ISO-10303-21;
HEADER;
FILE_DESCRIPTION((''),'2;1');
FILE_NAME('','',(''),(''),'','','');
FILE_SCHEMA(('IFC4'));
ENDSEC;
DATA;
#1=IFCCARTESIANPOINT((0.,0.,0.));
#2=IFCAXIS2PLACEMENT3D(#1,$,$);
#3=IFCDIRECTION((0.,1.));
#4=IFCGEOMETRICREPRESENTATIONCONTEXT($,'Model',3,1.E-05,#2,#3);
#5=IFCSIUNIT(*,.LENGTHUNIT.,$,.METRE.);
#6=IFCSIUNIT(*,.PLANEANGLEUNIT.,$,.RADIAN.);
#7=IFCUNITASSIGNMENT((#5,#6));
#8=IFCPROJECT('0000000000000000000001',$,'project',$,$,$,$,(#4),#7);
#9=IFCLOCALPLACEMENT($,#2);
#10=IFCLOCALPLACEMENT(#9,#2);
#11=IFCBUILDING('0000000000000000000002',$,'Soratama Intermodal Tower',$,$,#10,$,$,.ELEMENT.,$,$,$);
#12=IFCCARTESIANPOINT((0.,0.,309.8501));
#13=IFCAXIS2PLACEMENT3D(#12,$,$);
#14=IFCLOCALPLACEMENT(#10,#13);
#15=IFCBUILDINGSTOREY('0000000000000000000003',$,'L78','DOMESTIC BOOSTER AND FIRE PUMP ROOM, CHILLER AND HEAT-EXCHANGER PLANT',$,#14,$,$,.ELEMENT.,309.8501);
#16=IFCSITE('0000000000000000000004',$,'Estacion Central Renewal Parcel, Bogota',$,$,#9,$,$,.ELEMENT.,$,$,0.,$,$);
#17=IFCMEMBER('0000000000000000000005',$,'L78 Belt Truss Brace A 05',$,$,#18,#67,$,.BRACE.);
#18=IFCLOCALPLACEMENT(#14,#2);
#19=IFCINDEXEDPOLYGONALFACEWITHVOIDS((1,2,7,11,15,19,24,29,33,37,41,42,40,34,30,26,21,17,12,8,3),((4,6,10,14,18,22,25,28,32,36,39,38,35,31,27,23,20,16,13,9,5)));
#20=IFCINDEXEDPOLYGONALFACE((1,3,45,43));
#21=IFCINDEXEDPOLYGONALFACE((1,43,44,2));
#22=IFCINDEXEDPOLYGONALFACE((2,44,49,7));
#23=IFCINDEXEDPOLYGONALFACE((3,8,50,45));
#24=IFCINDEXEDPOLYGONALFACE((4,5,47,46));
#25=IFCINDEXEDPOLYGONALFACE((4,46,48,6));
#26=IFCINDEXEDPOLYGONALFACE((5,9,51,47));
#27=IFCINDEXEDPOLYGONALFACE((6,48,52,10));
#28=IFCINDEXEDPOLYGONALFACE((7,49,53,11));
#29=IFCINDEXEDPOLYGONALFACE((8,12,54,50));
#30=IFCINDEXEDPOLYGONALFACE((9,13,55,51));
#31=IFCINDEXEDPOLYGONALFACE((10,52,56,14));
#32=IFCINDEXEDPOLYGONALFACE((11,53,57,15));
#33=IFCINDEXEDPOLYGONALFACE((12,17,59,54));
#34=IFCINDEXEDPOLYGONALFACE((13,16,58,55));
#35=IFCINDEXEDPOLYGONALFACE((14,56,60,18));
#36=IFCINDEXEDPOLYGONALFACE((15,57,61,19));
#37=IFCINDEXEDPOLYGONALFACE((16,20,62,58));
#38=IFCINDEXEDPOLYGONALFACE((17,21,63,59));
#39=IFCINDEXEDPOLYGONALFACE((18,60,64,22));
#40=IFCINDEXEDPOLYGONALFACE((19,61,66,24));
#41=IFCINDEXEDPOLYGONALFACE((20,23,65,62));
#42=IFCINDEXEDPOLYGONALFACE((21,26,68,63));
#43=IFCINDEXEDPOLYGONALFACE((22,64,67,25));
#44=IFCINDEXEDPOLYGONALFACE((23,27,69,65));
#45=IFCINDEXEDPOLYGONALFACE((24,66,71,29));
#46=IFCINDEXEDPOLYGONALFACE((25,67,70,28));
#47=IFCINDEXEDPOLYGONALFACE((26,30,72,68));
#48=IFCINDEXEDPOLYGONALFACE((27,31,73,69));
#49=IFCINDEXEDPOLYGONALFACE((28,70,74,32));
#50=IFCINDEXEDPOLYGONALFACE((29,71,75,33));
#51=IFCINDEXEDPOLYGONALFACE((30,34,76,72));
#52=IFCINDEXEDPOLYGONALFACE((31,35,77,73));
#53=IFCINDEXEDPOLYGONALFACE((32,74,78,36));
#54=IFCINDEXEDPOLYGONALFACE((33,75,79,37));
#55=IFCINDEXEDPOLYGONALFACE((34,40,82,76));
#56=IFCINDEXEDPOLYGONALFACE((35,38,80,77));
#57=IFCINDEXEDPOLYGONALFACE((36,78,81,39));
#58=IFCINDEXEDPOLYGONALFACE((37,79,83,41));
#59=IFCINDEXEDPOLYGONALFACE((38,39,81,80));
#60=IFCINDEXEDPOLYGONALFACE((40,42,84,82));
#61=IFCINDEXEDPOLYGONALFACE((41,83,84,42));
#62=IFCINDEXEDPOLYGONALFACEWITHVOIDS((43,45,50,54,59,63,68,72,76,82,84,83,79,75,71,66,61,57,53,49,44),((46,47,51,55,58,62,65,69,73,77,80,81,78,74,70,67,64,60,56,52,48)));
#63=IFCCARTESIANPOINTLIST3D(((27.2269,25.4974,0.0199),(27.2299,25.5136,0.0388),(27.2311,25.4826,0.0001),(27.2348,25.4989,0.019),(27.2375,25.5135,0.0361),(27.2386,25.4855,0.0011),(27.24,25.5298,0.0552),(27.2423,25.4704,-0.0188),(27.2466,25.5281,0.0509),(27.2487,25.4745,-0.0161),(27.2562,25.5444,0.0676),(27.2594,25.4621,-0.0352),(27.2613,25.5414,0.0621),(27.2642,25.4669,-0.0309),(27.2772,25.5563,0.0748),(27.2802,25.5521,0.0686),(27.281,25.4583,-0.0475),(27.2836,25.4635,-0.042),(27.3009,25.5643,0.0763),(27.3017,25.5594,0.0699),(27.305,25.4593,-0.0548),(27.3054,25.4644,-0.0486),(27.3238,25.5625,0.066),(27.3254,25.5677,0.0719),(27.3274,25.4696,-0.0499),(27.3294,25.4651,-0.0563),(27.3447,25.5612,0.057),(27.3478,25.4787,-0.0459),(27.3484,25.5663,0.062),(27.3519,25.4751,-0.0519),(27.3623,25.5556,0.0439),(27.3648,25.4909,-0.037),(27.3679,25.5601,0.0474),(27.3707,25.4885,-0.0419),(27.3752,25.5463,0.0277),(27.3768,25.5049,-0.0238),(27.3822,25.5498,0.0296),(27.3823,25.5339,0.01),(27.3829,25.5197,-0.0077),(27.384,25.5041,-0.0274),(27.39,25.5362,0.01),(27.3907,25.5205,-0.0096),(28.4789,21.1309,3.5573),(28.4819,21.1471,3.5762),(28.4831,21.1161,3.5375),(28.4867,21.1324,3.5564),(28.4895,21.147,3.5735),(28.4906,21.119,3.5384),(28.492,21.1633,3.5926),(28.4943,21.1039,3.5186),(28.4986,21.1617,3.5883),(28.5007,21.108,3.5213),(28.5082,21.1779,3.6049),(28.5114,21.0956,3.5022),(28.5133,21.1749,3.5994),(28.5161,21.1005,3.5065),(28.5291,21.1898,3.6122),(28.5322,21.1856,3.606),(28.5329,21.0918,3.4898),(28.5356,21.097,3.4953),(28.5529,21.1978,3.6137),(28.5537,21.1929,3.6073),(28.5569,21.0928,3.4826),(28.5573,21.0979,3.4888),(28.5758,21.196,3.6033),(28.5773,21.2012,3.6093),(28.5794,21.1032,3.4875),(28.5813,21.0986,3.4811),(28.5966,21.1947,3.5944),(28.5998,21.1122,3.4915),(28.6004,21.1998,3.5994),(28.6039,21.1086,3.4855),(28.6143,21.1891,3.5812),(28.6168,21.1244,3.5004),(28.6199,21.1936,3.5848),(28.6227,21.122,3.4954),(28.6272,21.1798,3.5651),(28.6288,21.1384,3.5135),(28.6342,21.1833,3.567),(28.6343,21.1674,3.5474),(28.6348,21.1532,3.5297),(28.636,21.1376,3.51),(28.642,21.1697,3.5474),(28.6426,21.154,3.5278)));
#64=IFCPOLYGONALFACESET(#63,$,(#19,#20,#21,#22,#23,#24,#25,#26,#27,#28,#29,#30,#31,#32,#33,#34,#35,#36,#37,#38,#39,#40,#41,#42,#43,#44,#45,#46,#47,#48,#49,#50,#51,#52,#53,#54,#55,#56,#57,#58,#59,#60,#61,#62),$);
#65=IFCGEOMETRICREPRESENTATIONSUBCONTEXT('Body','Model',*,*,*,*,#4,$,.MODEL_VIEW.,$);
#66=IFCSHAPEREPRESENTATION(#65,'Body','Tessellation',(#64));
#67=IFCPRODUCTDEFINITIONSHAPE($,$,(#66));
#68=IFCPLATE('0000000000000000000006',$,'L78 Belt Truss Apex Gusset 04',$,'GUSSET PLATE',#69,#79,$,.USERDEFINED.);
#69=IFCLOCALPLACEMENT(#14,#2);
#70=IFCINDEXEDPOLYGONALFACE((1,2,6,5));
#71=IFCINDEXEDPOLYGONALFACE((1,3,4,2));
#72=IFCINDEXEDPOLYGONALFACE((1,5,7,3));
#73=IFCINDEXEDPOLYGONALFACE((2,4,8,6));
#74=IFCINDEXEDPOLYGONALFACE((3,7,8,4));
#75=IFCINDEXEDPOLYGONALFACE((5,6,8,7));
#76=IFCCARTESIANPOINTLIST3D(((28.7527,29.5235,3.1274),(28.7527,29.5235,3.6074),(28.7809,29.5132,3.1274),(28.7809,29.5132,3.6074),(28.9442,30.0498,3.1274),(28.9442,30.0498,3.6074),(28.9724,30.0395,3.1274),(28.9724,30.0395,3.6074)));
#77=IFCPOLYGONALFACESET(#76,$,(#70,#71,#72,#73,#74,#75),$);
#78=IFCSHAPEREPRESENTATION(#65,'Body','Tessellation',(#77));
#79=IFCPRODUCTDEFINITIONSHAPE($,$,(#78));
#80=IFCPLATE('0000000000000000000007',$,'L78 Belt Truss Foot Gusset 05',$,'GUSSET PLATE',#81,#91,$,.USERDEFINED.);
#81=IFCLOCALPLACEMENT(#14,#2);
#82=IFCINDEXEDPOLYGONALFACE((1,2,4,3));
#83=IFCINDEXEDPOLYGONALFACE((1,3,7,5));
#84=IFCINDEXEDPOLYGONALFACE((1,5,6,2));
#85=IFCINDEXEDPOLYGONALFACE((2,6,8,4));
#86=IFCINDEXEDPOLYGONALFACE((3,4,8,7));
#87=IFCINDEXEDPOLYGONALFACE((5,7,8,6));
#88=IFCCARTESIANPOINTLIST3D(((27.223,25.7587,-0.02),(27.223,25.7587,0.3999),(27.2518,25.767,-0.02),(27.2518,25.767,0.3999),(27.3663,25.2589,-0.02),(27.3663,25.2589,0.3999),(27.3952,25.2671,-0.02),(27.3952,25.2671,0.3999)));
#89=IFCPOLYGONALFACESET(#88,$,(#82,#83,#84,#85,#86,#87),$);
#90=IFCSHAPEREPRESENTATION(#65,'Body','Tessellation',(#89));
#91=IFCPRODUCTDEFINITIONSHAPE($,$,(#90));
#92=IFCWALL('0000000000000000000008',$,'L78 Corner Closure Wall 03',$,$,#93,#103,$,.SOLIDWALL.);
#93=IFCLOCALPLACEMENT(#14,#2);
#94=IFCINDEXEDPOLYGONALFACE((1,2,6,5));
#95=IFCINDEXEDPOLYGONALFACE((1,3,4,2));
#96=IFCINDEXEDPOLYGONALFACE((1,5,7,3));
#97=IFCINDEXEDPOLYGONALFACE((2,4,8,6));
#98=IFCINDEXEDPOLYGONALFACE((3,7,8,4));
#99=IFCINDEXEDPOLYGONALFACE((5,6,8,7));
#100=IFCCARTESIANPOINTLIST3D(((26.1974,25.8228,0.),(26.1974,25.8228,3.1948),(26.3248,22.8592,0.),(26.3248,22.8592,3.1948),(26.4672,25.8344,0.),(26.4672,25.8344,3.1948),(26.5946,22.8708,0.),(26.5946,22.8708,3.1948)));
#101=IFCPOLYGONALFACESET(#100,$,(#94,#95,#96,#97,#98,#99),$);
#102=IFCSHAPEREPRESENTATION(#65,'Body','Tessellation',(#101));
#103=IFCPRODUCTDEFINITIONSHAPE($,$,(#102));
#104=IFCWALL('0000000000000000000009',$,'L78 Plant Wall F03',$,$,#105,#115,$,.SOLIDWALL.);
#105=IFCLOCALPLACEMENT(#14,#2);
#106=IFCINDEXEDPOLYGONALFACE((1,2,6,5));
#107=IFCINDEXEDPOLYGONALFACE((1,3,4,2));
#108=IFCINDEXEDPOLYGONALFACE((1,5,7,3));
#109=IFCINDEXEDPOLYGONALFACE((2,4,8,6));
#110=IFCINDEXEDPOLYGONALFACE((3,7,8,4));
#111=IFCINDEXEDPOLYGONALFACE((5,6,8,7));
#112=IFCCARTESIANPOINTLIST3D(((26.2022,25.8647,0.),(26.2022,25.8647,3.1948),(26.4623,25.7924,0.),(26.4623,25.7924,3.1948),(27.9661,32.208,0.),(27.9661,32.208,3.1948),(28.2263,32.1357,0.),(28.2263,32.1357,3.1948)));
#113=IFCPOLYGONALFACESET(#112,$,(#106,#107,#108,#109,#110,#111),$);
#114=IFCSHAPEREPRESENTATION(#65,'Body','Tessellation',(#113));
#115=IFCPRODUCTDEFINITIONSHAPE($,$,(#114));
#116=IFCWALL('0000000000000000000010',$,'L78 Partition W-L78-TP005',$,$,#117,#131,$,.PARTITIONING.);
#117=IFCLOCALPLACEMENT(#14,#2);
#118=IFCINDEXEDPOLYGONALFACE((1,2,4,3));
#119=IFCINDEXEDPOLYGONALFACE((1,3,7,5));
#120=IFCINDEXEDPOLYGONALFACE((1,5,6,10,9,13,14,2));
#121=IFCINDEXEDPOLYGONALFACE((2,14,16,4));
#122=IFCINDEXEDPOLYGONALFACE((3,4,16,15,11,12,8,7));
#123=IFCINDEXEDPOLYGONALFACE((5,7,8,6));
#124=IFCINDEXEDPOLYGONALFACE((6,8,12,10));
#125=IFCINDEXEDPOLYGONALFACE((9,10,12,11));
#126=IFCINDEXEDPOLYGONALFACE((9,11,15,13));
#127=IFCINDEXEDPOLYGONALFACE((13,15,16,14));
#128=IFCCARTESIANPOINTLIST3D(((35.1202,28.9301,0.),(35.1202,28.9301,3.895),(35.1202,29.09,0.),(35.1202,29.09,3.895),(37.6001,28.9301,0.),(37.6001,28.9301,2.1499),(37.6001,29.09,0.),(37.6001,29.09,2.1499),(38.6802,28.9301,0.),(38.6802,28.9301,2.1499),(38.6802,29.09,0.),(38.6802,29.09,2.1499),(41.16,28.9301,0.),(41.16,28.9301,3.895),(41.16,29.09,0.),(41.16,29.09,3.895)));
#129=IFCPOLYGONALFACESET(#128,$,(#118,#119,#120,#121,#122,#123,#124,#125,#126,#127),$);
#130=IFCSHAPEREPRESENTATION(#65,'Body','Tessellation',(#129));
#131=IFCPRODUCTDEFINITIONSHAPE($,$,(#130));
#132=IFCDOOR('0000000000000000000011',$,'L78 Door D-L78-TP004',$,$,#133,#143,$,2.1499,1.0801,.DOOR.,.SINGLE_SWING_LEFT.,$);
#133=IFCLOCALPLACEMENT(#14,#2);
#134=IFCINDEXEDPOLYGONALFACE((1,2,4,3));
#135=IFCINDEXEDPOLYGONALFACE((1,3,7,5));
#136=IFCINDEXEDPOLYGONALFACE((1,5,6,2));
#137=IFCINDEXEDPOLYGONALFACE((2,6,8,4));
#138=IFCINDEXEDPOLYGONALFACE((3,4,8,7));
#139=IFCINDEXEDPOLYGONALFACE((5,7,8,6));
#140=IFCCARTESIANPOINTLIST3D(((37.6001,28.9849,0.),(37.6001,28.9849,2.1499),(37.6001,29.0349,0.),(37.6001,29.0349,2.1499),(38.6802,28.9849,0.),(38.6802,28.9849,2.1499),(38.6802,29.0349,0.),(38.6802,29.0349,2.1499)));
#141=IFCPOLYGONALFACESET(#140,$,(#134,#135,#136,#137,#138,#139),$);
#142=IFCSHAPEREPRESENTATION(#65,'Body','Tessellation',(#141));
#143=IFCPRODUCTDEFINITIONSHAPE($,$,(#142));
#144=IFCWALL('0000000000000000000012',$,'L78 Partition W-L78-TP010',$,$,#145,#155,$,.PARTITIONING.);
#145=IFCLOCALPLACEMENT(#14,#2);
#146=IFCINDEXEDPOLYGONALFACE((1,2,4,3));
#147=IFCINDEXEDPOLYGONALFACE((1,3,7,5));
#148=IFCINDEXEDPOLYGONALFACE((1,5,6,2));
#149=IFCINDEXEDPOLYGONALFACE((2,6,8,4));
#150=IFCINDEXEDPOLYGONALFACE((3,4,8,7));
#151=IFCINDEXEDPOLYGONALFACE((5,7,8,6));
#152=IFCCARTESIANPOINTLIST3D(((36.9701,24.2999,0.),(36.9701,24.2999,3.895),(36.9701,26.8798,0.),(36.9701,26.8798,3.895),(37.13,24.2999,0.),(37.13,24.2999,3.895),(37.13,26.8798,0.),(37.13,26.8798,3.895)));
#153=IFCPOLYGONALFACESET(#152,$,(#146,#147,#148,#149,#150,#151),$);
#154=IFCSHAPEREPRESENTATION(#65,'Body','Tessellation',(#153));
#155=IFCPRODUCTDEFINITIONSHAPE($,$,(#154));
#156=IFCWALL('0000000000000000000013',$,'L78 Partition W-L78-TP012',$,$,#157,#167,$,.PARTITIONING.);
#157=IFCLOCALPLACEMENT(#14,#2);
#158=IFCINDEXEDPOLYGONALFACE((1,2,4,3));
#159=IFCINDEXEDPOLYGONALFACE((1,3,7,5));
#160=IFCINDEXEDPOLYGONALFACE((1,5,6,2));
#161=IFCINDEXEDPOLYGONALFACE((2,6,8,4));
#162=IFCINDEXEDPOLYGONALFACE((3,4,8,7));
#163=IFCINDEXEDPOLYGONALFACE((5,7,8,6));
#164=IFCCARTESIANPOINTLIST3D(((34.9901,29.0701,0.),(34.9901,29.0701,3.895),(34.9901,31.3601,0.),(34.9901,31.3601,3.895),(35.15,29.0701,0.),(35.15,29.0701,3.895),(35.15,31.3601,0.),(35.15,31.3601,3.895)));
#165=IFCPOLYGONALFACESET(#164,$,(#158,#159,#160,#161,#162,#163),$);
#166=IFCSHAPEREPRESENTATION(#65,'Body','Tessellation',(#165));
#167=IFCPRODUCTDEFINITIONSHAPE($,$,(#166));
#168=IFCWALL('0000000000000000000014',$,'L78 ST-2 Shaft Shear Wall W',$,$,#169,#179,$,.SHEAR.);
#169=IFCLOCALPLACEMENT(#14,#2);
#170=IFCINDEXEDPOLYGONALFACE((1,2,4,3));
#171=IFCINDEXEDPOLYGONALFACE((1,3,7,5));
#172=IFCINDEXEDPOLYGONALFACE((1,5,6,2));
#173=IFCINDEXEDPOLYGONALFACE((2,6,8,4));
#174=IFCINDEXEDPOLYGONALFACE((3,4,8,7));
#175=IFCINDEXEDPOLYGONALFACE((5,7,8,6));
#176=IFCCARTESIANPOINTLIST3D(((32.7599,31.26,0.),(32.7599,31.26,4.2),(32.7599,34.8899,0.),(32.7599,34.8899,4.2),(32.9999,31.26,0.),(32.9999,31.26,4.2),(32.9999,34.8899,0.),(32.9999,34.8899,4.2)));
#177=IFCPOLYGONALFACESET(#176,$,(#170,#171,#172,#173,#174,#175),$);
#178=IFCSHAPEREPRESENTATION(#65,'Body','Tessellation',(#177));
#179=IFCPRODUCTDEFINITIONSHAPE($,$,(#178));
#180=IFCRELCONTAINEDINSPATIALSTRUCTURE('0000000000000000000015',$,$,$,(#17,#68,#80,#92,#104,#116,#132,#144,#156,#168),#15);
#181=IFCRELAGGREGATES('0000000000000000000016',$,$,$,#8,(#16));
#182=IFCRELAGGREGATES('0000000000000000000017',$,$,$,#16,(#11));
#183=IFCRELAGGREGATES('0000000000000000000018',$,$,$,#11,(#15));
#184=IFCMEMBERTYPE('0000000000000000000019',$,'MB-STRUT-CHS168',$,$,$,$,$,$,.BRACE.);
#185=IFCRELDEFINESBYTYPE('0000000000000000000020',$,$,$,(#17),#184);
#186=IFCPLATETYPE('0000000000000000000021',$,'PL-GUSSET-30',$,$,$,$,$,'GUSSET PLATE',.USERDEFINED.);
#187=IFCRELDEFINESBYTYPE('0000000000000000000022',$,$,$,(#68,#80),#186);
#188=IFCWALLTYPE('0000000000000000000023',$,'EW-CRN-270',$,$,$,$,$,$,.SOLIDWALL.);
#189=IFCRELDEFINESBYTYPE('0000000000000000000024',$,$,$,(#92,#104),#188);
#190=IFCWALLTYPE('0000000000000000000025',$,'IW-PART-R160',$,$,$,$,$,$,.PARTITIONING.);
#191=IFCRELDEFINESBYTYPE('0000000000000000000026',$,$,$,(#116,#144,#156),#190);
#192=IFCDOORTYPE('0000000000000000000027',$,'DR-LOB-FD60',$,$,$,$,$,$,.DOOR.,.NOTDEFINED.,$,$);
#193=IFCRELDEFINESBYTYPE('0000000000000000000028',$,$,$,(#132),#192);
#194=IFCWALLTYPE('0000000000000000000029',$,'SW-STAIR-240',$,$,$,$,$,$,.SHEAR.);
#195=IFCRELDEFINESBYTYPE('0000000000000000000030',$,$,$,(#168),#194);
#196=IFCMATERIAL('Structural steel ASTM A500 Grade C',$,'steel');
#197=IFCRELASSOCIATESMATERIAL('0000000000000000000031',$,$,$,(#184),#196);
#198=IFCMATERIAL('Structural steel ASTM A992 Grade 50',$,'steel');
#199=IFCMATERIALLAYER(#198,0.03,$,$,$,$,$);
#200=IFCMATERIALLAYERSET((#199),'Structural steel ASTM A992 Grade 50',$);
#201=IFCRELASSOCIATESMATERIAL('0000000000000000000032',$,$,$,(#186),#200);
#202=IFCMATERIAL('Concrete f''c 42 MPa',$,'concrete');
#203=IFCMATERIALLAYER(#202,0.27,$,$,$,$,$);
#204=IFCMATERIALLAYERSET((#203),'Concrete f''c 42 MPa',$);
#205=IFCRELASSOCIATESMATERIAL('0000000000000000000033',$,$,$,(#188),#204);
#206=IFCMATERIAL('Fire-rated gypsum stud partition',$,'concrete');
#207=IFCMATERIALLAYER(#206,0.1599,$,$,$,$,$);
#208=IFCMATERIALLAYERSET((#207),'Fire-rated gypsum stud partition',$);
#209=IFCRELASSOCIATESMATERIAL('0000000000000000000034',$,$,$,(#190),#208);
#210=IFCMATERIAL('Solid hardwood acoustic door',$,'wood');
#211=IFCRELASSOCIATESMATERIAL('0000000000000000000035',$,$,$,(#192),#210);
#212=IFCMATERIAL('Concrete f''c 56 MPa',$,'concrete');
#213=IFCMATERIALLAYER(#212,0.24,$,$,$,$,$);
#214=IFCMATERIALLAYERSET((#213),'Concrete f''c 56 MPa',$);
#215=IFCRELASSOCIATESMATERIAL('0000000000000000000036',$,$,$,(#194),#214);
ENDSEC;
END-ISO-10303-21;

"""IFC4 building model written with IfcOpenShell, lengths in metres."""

from ifc_helpers import new_model, si_unit, direction, frame, frame_2d, origin, origin_2d, place, context, subcontext, project, spatial, rectangle, hollow_circle, extrude, material, layer, layer_set, material_profile, profile_set, type_object, element, fill, save


model = new_model("IFC4")

# Units and contexts
model_context = context("Model", 3, precision=1e-05, world=origin(), true_north=direction((0.0, 1.0)))
body_context = subcontext(model_context, "Body", "Model", "MODEL_VIEW")
ifc_project = project(units=[si_unit("LENGTHUNIT", "METRE"), si_unit("PLANEANGLEUNIT", "RADIAN")], contexts=[model_context])

# Site, building, storey
site_placement = place(None, origin())
site = spatial("IfcSite", under=ifc_project, at=site_placement, Name="Estacion Central Renewal Parcel, Bogota", CompositionType="ELEMENT", RefElevation=0.0)
building_placement = place(site_placement, origin())
building = spatial("IfcBuilding", under=site, at=building_placement, Name="Soratama Intermodal Tower", CompositionType="ELEMENT")
storey_placement = place(building_placement, frame((0.0, 0.0, 309.8501)))
storey = spatial("IfcBuildingStorey", under=building, at=storey_placement, Name="L78", Description="DOMESTIC BOOSTER AND FIRE PUMP ROOM, CHILLER AND HEAT-EXCHANGER PLANT", CompositionType="ELEMENT", Elevation=309.8501)

# Member
ifc_material_1 = material(Name="Structural steel ASTM A500 Grade C", Category="steel")
ifc_material_profile_1 = material_profile(ifc_material_1, hollow_circle(Radius=0.0842, WallThickness=0.0081, at=origin_2d()), Name="CHS168X8")
ifc_profile_set_1 = profile_set([ifc_material_profile_1], Name="Structural steel ASTM A500 Grade C")
member_type = type_object("IfcMemberType", Name="MB-STRUT-CHS168", PredefinedType="BRACE", material=ifc_profile_set_1)
for number, where, z_axis, x_axis, name in (
    (1, (27.3091, 25.5129, 0.01), (0.217456, -0.758424, 0.614415), (0.961268, 0.275615, 0.0), "L78 Belt Truss Brace A 05"),
):
    element("IfcMember", number, at=place(storey_placement, frame(where, z_axis=z_axis, x_axis=x_axis)), inside=storey, type_object=member_type, Name=name, PredefinedType="BRACE", context=body_context, shape_type="SweptSolid", body=[
        extrude(hollow_circle(Radius=0.0842, WallThickness=0.0081, at=origin_2d()), origin(), (0.0, 0.0, 1.0), 5.7573),
    ])

# Plates
ifc_material_2 = material(Name="Structural steel ASTM A992 Grade 50", Category="steel")
ifc_layer_1 = layer(ifc_material_2, 0.03)
ifc_layer_set_1 = layer_set([ifc_layer_1], Name="Structural steel ASTM A992 Grade 50")
plate_type = type_object("IfcPlateType", Name="PL-GUSSET-30", ElementType="GUSSET PLATE", PredefinedType="USERDEFINED", material=ifc_layer_set_1)
plate_1_placement = place(storey_placement, frame((28.8625, 29.7815, 3.1274), z_axis=(0.0, 0.0, 1.0), x_axis=(-0.34202, -0.939693, 0.0)))
element("IfcPlate", 2, at=plate_1_placement, inside=storey, type_object=plate_type, Name="L78 Belt Truss Apex Gusset 04", ObjectType="GUSSET PLATE", PredefinedType="USERDEFINED", context=body_context, shape_type="SweptSolid", body=[
    extrude(rectangle(XDim=0.5601, YDim=0.03, at=origin_2d()), origin(), (0.0, 0.0, 1.0), 0.48),
])
plate_2_placement = place(storey_placement, frame((27.3091, 25.5129, -0.02), z_axis=(0.0, 0.0, 1.0), x_axis=(0.275637, -0.961262, 0.0)))
element("IfcPlate", 3, at=plate_2_placement, inside=storey, type_object=plate_type, Name="L78 Belt Truss Foot Gusset 05", ObjectType="GUSSET PLATE", PredefinedType="USERDEFINED", context=body_context, shape_type="SweptSolid", body=[
    extrude(rectangle(XDim=0.52, YDim=0.03, at=origin_2d()), origin(), (0.0, 0.0, 1.0), 0.4199),
])

# Walls
ifc_material_3 = material(Name="Concrete f'c 42 MPa", Category="concrete")
ifc_layer_2 = layer(ifc_material_3, 0.27)
ifc_layer_set_2 = layer_set([ifc_layer_2], Name="Concrete f'c 42 MPa")
wall_type_1 = type_object("IfcWallType", Name="EW-CRN-270", PredefinedType="SOLIDWALL", material=ifc_layer_set_2)
wall_1_placement = place(storey_placement, frame((26.3323, 25.8286, 0.0), z_axis=(0.0, 0.0, 1.0), x_axis=(0.042962, -0.999077, 0.0)))
element("IfcWall", 4, at=wall_1_placement, inside=storey, type_object=wall_type_1, Name="L78 Corner Closure Wall 03", PredefinedType="SOLIDWALL", context=body_context, shape_type="SweptSolid", body=[
    extrude(rectangle(XDim=2.9663, YDim=0.27, at=frame_2d((1.4832, 0.0))), origin(), (0.0, 0.0, 1.0), 3.1948),
])
wall_2_placement = place(storey_placement, frame((28.0962, 32.1719, 0.0), z_axis=(0.0, 0.0, 1.0), x_axis=(-0.267912, -0.963443, 0.0)))
element("IfcWall", 5, at=wall_2_placement, inside=storey, type_object=wall_type_1, Name="L78 Plant Wall F03", PredefinedType="SOLIDWALL", context=body_context, shape_type="SweptSolid", body=[
    extrude(rectangle(XDim=6.584, YDim=0.27, at=frame_2d((3.292, 0.0))), origin(), (0.0, 0.0, 1.0), 3.1948),
])

# Wall, opening, door
ifc_material_4 = material(Name="Fire-rated gypsum stud partition", Category="concrete")
ifc_layer_3 = layer(ifc_material_4, 0.1599)
ifc_layer_set_3 = layer_set([ifc_layer_3], Name="Fire-rated gypsum stud partition")
wall_type_2 = type_object("IfcWallType", Name="IW-PART-R160", PredefinedType="PARTITIONING", material=ifc_layer_set_3)
wall_3_placement = place(storey_placement, frame((35.1201, 29.01, 0.0), z_axis=(0.0, 0.0, 1.0), x_axis=(1.0, 0.0, 0.0)))
wall_3 = element("IfcWall", 6, at=wall_3_placement, inside=storey, type_object=wall_type_2, Name="L78 Partition W-L78-TP005", PredefinedType="PARTITIONING", context=body_context, shape_type="SweptSolid", body=[
    extrude(rectangle(XDim=6.0398, YDim=0.1599, at=frame_2d((3.02, 0.0))), origin(), (0.0, 0.0, 1.0), 3.895),
])
opening_1_placement = place(wall_3_placement, frame((2.48, 0.0, 0.0)))
opening_1 = element("IfcOpeningElement", 7, at=opening_1_placement, cuts=wall_3, PredefinedType="OPENING", context=body_context, shape_type="SweptSolid", body=[
    extrude(rectangle(XDim=1.0801, YDim=2.1499, at=frame_2d((0.54, 1.075))), frame((0.0, 0.0898, 0.0), z_axis=(0.0, -1.0, 0.0), x_axis=(1.0, 0.0, 0.0)), (0.0, 0.0, 1.0), 0.1799),
])
ifc_material_5 = material(Name="Solid hardwood acoustic door", Category="wood")
door_type = type_object("IfcDoorType", Name="DR-LOB-FD60", OperationType="NOTDEFINED", PredefinedType="DOOR", material=ifc_material_5)
door_1_placement = place(opening_1_placement, origin())
door_1 = element("IfcDoor", 8, at=door_1_placement, inside=storey, type_object=door_type, Name="L78 Door D-L78-TP004", OperationType="SINGLE_SWING_LEFT", OverallHeight=2.1499, OverallWidth=1.0801, PredefinedType="DOOR", context=body_context, shape_type="SweptSolid", body=[
    extrude(rectangle(XDim=1.0801, YDim=2.1499, at=frame_2d((0.54, 1.075))), frame((0.0, 0.0249, 0.0), z_axis=(0.0, -1.0, 0.0), x_axis=(1.0, 0.0, 0.0)), (0.0, 0.0, 1.0), 0.05),
])
fill(opening_1, door_1)

# Walls
wall_4_placement = place(storey_placement, frame((37.05, 26.8799, 0.0), z_axis=(0.0, 0.0, 1.0), x_axis=(0.0, -1.0, 0.0)))
element("IfcWall", 9, at=wall_4_placement, inside=storey, type_object=wall_type_2, Name="L78 Partition W-L78-TP010", PredefinedType="PARTITIONING", context=body_context, shape_type="SweptSolid", body=[
    extrude(rectangle(XDim=2.5798, YDim=0.1599, at=frame_2d((1.29, 0.0))), origin(), (0.0, 0.0, 1.0), 3.895),
])
wall_5_placement = place(storey_placement, frame((35.0701, 31.3601, 0.0), z_axis=(0.0, 0.0, 1.0), x_axis=(0.0, -1.0, 0.0)))
element("IfcWall", 10, at=wall_5_placement, inside=storey, type_object=wall_type_2, Name="L78 Partition W-L78-TP012", PredefinedType="PARTITIONING", context=body_context, shape_type="SweptSolid", body=[
    extrude(rectangle(XDim=2.29, YDim=0.1599, at=frame_2d((1.145, 0.0))), origin(), (0.0, 0.0, 1.0), 3.895),
])
ifc_material_6 = material(Name="Concrete f'c 56 MPa", Category="concrete")
ifc_layer_4 = layer(ifc_material_6, 0.24)
ifc_layer_set_4 = layer_set([ifc_layer_4], Name="Concrete f'c 56 MPa")
wall_type_3 = type_object("IfcWallType", Name="SW-STAIR-240", PredefinedType="SHEAR", material=ifc_layer_set_4)
wall_6_placement = place(storey_placement, frame((32.8799, 31.26, 0.0), z_axis=(0.0, 0.0, 1.0), x_axis=(0.0, 1.0, 0.0)))
element("IfcWall", 11, at=wall_6_placement, inside=storey, type_object=wall_type_3, Name="L78 ST-2 Shaft Shear Wall W", PredefinedType="SHEAR", context=body_context, shape_type="SweptSolid", body=[
    extrude(rectangle(XDim=3.6299, YDim=0.24, at=frame_2d((1.8149, 0.0))), origin(), (0.0, 0.0, 1.0), 4.2),
])

save(model, "model.ifc")
